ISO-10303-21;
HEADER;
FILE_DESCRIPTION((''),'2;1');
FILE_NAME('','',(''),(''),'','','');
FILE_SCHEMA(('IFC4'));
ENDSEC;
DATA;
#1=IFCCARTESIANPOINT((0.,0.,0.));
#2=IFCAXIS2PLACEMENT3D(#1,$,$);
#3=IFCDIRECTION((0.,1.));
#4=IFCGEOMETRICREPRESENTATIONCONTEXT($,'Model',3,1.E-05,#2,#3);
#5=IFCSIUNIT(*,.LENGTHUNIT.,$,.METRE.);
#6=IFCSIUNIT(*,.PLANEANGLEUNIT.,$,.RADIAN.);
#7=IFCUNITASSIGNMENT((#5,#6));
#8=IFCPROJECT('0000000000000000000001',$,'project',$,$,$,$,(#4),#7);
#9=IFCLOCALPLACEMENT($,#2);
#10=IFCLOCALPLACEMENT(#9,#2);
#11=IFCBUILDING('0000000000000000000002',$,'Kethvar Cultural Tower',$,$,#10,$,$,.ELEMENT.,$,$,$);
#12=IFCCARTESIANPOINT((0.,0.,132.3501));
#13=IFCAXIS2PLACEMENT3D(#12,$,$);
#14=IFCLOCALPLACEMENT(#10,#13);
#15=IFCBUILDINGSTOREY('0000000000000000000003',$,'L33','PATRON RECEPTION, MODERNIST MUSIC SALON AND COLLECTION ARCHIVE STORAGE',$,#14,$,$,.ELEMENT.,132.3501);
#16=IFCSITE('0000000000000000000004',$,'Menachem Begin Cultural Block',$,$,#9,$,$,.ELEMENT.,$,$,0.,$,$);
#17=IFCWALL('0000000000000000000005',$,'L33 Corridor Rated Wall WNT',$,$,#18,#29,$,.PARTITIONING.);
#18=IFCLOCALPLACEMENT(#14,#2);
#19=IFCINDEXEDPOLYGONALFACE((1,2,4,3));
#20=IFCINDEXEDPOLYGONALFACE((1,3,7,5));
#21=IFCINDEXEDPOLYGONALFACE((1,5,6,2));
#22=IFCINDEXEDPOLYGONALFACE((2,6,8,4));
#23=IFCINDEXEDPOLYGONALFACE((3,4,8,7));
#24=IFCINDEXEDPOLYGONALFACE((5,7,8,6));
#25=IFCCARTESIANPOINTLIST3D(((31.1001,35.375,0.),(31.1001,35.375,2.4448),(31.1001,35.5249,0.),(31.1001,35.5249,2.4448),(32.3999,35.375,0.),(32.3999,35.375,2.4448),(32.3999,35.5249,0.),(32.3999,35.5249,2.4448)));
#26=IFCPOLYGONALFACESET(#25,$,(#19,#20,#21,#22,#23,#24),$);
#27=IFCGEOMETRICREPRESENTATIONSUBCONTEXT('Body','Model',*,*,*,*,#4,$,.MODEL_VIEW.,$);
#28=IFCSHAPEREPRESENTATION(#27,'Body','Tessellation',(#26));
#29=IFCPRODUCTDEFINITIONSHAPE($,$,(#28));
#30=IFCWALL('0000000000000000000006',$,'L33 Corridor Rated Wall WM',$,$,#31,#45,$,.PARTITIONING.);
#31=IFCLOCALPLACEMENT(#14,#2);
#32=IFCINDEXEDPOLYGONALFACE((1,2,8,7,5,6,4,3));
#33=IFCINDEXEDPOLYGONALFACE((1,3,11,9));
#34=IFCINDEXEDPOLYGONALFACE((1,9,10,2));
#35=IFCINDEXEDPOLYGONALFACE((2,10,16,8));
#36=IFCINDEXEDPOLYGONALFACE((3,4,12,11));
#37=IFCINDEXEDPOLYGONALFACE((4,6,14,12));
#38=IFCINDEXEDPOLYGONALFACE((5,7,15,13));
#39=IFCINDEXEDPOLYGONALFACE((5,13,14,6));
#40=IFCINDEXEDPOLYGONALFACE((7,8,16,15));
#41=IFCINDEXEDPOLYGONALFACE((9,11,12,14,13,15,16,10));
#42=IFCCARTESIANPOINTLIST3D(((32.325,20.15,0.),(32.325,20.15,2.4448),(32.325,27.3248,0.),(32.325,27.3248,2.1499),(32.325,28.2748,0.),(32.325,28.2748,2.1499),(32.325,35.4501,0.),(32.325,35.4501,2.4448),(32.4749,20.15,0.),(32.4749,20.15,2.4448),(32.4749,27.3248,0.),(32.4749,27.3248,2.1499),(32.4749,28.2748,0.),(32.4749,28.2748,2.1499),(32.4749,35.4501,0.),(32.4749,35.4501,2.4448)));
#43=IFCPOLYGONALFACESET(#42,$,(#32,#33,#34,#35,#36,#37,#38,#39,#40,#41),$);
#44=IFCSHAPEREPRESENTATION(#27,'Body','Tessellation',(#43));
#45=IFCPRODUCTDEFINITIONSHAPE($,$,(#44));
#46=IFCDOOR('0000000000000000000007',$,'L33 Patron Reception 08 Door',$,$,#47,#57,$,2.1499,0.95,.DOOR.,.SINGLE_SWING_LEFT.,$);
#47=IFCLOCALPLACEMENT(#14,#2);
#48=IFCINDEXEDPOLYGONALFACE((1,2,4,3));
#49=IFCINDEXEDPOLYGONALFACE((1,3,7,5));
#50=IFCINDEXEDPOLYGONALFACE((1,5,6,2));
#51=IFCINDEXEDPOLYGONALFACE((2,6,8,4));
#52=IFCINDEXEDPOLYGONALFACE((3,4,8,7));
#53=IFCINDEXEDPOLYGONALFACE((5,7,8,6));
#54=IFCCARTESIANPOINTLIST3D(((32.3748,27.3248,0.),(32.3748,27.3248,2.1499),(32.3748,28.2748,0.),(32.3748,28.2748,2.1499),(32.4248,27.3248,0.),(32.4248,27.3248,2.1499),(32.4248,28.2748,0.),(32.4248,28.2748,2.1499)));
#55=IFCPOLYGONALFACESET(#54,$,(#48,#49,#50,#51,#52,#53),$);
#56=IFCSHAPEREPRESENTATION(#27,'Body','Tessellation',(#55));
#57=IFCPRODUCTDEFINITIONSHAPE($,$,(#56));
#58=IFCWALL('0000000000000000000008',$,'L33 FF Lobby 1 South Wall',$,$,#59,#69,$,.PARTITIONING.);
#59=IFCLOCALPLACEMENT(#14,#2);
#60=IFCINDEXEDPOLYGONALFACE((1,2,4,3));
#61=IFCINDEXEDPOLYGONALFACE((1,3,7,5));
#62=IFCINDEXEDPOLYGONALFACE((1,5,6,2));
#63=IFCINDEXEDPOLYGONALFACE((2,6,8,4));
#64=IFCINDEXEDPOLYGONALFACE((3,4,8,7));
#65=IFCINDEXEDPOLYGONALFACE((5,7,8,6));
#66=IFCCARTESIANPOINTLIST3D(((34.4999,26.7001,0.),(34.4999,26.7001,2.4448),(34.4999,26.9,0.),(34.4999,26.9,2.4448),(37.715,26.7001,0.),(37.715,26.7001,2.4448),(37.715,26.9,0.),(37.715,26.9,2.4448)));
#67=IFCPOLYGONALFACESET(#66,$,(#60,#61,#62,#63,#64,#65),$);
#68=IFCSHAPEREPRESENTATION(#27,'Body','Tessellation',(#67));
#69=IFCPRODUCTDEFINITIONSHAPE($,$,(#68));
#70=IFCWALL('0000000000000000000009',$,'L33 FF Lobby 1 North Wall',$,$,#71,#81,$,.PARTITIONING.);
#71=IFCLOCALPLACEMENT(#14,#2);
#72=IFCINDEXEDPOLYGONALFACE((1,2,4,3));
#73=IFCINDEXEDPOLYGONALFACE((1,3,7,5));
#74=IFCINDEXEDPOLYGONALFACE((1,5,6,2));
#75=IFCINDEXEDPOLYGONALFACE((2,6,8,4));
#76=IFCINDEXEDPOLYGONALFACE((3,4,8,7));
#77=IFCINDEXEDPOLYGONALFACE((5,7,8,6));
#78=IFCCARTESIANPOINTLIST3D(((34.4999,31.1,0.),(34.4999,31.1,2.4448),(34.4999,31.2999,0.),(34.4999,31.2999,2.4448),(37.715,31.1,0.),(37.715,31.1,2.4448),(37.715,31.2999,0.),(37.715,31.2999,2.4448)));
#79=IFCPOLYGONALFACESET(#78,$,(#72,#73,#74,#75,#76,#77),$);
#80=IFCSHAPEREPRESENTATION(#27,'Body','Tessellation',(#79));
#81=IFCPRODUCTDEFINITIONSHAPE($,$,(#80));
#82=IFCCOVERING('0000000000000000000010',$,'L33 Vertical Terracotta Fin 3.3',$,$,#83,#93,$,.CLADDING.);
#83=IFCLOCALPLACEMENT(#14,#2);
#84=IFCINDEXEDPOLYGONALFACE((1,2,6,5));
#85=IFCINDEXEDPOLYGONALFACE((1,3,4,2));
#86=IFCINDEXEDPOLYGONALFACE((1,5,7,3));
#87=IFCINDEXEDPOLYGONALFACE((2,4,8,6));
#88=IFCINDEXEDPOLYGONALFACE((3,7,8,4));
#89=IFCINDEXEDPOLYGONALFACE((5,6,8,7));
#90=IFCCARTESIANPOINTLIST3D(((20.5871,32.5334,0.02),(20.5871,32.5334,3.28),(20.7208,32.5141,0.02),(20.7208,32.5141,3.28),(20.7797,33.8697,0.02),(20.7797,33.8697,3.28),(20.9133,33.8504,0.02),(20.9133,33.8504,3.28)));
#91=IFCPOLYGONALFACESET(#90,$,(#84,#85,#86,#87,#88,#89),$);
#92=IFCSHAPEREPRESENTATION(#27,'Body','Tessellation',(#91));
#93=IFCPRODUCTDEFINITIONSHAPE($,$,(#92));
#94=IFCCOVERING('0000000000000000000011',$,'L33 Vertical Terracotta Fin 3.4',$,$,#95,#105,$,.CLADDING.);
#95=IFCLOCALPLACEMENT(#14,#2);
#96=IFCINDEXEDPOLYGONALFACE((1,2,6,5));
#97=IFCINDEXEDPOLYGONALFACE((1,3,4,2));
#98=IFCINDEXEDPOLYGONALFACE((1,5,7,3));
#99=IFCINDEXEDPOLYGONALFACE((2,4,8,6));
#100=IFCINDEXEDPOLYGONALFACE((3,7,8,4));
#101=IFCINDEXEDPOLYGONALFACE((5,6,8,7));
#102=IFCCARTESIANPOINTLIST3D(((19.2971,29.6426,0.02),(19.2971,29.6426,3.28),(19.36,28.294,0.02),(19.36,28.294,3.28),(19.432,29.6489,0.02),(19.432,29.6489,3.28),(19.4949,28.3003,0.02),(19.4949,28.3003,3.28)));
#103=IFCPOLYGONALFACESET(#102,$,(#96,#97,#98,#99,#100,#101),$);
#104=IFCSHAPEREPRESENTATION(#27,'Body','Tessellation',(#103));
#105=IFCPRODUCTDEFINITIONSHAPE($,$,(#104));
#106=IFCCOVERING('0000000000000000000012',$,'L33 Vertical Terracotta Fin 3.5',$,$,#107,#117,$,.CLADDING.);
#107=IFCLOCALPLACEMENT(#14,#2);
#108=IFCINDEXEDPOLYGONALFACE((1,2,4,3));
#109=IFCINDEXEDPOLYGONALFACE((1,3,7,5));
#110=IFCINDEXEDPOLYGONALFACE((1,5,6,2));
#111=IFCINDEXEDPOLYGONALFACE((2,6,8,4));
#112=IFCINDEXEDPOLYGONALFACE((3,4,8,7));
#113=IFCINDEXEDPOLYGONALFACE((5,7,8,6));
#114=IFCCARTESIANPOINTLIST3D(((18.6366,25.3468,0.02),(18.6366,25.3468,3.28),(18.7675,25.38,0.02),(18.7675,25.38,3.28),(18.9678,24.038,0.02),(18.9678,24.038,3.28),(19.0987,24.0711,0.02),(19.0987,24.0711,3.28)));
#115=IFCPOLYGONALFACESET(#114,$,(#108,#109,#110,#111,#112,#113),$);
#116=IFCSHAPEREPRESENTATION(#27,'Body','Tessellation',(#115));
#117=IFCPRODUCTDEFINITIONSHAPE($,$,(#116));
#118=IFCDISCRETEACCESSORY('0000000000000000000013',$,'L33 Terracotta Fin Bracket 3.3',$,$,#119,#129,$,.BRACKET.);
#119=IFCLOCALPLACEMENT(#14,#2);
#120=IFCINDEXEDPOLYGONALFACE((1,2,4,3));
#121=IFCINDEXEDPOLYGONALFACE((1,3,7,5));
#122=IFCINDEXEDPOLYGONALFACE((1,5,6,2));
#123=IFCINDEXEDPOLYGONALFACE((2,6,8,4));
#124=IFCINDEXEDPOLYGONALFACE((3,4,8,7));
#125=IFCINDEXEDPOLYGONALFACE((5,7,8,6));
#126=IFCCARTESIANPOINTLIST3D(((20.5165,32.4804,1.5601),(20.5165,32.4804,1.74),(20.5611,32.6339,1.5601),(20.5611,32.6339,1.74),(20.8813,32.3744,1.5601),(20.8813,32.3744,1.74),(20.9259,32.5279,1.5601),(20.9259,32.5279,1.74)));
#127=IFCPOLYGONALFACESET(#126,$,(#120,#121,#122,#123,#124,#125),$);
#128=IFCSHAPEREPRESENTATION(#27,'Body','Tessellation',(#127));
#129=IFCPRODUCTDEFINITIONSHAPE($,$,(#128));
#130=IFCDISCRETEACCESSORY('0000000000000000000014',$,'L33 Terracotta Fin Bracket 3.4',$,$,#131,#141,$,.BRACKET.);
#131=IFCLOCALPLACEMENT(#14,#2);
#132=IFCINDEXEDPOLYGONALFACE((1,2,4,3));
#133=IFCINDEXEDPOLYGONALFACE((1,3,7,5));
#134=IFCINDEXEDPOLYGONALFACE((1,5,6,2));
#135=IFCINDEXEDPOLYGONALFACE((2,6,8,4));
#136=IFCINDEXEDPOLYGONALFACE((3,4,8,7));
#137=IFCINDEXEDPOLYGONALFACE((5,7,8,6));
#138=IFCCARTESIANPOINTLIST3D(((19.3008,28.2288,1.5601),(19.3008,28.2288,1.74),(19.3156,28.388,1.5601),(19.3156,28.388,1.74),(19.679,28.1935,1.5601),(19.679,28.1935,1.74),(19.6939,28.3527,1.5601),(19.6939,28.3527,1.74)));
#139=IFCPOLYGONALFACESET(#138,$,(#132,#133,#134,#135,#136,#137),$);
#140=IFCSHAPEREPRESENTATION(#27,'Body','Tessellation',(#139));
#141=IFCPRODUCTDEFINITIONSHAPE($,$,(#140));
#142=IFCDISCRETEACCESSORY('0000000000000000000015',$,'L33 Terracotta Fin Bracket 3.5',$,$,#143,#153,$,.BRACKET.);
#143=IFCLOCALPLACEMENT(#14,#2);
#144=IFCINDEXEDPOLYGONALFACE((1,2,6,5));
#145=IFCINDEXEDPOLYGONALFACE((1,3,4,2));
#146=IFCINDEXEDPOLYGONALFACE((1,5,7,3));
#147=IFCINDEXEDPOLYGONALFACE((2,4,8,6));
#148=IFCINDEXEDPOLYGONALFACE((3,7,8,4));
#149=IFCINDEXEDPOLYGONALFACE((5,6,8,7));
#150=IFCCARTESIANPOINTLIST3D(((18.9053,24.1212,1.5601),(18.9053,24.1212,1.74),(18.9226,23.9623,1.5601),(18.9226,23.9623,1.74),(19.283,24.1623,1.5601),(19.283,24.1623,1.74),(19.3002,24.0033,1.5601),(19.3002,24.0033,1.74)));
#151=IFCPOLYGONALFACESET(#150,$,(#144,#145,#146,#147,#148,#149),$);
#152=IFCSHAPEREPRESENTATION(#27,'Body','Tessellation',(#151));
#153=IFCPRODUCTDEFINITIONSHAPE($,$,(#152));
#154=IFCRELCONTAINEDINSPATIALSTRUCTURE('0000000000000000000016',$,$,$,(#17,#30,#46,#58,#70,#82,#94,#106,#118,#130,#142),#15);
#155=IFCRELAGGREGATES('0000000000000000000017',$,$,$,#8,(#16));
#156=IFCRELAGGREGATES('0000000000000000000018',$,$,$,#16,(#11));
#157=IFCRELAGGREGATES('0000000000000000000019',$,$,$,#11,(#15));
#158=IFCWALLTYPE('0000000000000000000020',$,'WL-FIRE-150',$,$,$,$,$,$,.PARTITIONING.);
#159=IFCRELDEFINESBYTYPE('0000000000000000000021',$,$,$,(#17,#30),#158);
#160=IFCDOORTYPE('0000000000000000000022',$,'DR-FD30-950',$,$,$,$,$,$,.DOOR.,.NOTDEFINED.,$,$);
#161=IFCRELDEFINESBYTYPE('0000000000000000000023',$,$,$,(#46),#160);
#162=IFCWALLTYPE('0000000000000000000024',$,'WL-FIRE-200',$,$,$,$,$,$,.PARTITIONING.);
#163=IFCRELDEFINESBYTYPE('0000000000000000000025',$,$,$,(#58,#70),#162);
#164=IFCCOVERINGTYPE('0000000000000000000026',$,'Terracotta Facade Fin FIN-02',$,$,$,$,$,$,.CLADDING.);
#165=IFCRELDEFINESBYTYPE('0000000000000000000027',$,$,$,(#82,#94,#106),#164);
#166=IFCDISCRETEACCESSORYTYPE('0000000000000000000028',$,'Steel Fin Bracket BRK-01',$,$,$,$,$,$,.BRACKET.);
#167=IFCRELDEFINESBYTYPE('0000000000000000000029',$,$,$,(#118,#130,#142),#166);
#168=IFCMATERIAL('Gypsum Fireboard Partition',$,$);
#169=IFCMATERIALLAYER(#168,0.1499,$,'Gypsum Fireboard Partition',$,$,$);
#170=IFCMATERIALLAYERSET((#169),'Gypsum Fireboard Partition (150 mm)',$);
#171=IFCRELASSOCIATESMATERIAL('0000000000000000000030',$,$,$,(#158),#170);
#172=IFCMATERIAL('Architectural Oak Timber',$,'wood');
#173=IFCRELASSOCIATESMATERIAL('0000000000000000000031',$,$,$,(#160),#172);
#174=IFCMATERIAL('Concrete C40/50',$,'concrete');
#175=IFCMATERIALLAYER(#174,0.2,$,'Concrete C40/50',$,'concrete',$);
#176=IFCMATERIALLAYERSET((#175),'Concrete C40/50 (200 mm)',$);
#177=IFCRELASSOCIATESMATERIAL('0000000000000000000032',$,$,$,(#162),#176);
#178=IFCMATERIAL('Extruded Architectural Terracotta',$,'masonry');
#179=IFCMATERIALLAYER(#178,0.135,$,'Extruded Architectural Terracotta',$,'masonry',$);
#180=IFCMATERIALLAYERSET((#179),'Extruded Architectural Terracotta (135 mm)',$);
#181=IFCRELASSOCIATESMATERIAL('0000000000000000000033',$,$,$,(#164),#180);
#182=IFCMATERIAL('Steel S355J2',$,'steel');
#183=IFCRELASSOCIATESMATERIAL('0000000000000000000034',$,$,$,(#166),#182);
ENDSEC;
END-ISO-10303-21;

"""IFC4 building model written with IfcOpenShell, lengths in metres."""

from ifc_helpers import new_model, si_unit, direction, frame, frame_2d, origin, origin_2d, place, context, subcontext, project, spatial, rectangle, extrude, source, transform, mapped, material, layer, layer_set, type_object, element, fill, save


model = new_model("IFC4")

# Units and contexts
model_context = context("Model", 3, precision=1e-05, world=origin(), true_north=direction((0.0, 1.0)))
body_context = subcontext(model_context, "Body", "Model", "MODEL_VIEW")
ifc_project = project(units=[si_unit("LENGTHUNIT", "METRE"), si_unit("PLANEANGLEUNIT", "RADIAN")], contexts=[model_context])

# Site, building, storey
site_placement = place(None, origin())
site = spatial("IfcSite", under=ifc_project, at=site_placement, Name="Menachem Begin Cultural Block", CompositionType="ELEMENT", RefElevation=0.0)
building_placement = place(site_placement, origin())
building = spatial("IfcBuilding", under=site, at=building_placement, Name="Kethvar Cultural Tower", CompositionType="ELEMENT")
storey_placement = place(building_placement, frame((0.0, 0.0, 132.3501)))
storey = spatial("IfcBuildingStorey", under=building, at=storey_placement, Name="L33", Description="PATRON RECEPTION, MODERNIST MUSIC SALON AND COLLECTION ARCHIVE STORAGE", CompositionType="ELEMENT", Elevation=132.3501)

# Shared definitions
ifc_material_1 = material(Name="Steel S355J2", Category="steel")

# Wall
ifc_material_2 = material(Name="Gypsum Fireboard Partition")
ifc_layer_1 = layer(ifc_material_2, 0.1499, Name="Gypsum Fireboard Partition")
ifc_layer_set_1 = layer_set([ifc_layer_1], Name="Gypsum Fireboard Partition (150 mm)")
wall_type_1 = type_object("IfcWallType", Name="WL-FIRE-150", PredefinedType="PARTITIONING", material=ifc_layer_set_1)
wall_1_placement = place(storey_placement, frame((31.1001, 35.45, 0.0), z_axis=(0.0, 0.0, 1.0), x_axis=(1.0, 0.0, 0.0)))
element("IfcWall", 1, at=wall_1_placement, inside=storey, type_object=wall_type_1, Name="L33 Corridor Rated Wall WNT", PredefinedType="PARTITIONING", context=body_context, shape_type="SweptSolid", body=[
    extrude(rectangle(XDim=1.2998, YDim=0.1499, at=frame_2d((0.6499, 0.0))), origin(), (0.0, 0.0, 1.0), 2.4448),
])

# Wall, opening, door
wall_2_placement = place(storey_placement, frame((32.3999, 35.45, 0.0), z_axis=(0.0, 0.0, 1.0), x_axis=(0.0, -1.0, 0.0)))
wall_2 = element("IfcWall", 2, at=wall_2_placement, inside=storey, type_object=wall_type_1, Name="L33 Corridor Rated Wall WM", PredefinedType="PARTITIONING", context=body_context, shape_type="SweptSolid", body=[
    extrude(rectangle(XDim=15.3, YDim=0.1499, at=frame_2d((7.6499, 0.0))), origin(), (0.0, 0.0, 1.0), 2.4448),
])
opening_1_placement = place(wall_2_placement, frame((7.175, 0.0, 0.0)))
opening_1 = element("IfcOpeningElement", 3, at=opening_1_placement, cuts=wall_2, PredefinedType="OPENING", context=body_context, shape_type="SweptSolid", body=[
    extrude(rectangle(XDim=0.95, YDim=2.1499, at=frame_2d((0.4751, 1.075))), frame((0.0, 0.085, 0.0), z_axis=(0.0, -1.0, 0.0), x_axis=(1.0, 0.0, 0.0)), (0.0, 0.0, 1.0), 0.1699),
])
ifc_material_3 = material(Name="Architectural Oak Timber", Category="wood")
door_type_1 = type_object("IfcDoorType", Name="DR-FD30-950", OperationType="NOTDEFINED", PredefinedType="DOOR", material=ifc_material_3)
shared_shape_1 = source(origin(), body_context, "Body", "SweptSolid", [
    extrude(rectangle(XDim=0.95, YDim=2.1499, at=frame_2d((0.4751, 1.075))), frame((0.0, 0.0249, 0.0), z_axis=(0.0, -1.0, 0.0), x_axis=(1.0, 0.0, 0.0)), (0.0, 0.0, 1.0), 0.05),
])
door_1_placement = place(opening_1_placement, origin())
door_1 = element("IfcDoor", 4, at=door_1_placement, inside=storey, type_object=door_type_1, Name="L33 Patron Reception 08 Door", OperationType="SINGLE_SWING_LEFT", OverallHeight=2.1499, OverallWidth=0.95, PredefinedType="DOOR", context=body_context, shape_type="MappedRepresentation", body=[
    mapped(shared_shape_1, transform((0.0, 0.0, 0.0), scale=1.0)),
])
fill(opening_1, door_1)
ifc_material_4 = material(Name="Concrete C40/50", Category="concrete")
ifc_layer_2 = layer(ifc_material_4, 0.2, Name="Concrete C40/50", Category="concrete")
ifc_layer_set_2 = layer_set([ifc_layer_2], Name="Concrete C40/50 (200 mm)")
wall_type_2 = type_object("IfcWallType", Name="WL-FIRE-200", PredefinedType="PARTITIONING", material=ifc_layer_set_2)

# Walls
for number, where, z_axis, x_axis, name in (
    (5, (34.5, 26.8, 0.0), (0.0, 0.0, 1.0), (1.0, 0.0, 0.0), "L33 FF Lobby 1 South Wall"),
    (6, (34.5, 31.2, 0.0), (0.0, 0.0, 1.0), (1.0, 0.0, 0.0), "L33 FF Lobby 1 North Wall"),
):
    element("IfcWall", number, at=place(storey_placement, frame(where, z_axis=z_axis, x_axis=x_axis)), inside=storey, type_object=wall_type_2, Name=name, PredefinedType="PARTITIONING", context=body_context, shape_type="SweptSolid", body=[
        extrude(rectangle(XDim=3.2151, YDim=0.2, at=frame_2d((1.6074, 0.0))), origin(), (0.0, 0.0, 1.0), 2.4448),
    ])

# Coverings
ifc_material_5 = material(Name="Extruded Architectural Terracotta", Category="masonry")
ifc_layer_3 = layer(ifc_material_5, 0.135, Name="Extruded Architectural Terracotta", Category="masonry")
ifc_layer_set_3 = layer_set([ifc_layer_3], Name="Extruded Architectural Terracotta (135 mm)")
covering_type = type_object("IfcCoveringType", Name="Terracotta Facade Fin FIN-02", PredefinedType="CLADDING", material=ifc_layer_set_3)
shared_shape_2 = source(origin(), body_context, "Body", "SweptSolid", [
    extrude(rectangle(XDim=1.3501, YDim=0.135, at=origin_2d()), origin(), (0.0, 0.0, 1.0), 3.26),
])
for number, where, z_axis, x_axis, name in (
    (7, (20.7502, 33.1919, 0.02), (0.0, 0.0, 1.0), (0.142629, 0.989776, 0.0), "L33 Vertical Terracotta Fin 3.3"),
    (8, (19.396, 28.9714, 0.02), (0.0, 0.0, 1.0), (-0.046583, 0.998914, 0.0), "L33 Vertical Terracotta Fin 3.4"),
    (9, (18.8677, 24.709, 0.02), (0.0, 0.0, 1.0), (-0.245307, 0.969445, 0.0), "L33 Vertical Terracotta Fin 3.5"),
):
    element("IfcCovering", number, at=place(storey_placement, frame(where, z_axis=z_axis, x_axis=x_axis)), inside=storey, type_object=covering_type, Name=name, PredefinedType="CLADDING", context=body_context, shape_type="MappedRepresentation", body=[
        mapped(shared_shape_2, transform((0.0, 0.0, 0.0), scale=1.0)),
    ])

# Discrete accessories
discrete_accessory_type = type_object("IfcDiscreteAccessoryType", Name="Steel Fin Bracket BRK-01", PredefinedType="BRACKET", material=ifc_material_1)
shared_shape_3 = source(origin(), body_context, "Body", "SweptSolid", [
    extrude(rectangle(XDim=0.3799, YDim=0.1599, at=origin_2d()), origin(), (0.0, 0.0, 1.0), 0.1799),
])
for number, where, z_axis, x_axis, name in (
    (10, (20.7212, 32.5042, 1.5601), (0.0, 0.0, 1.0), (-0.960294, 0.278991, 0.0), "L33 Terracotta Fin Bracket 3.3"),
    (11, (19.4973, 28.2908, 1.5601), (0.0, 0.0, 1.0), (-0.995676, 0.092892, 0.0), "L33 Terracotta Fin Bracket 3.4"),
    (12, (19.1028, 24.0623, 1.5601), (0.0, 0.0, 1.0), (-0.994151, -0.107999, 0.0), "L33 Terracotta Fin Bracket 3.5"),
):
    element("IfcDiscreteAccessory", number, at=place(storey_placement, frame(where, z_axis=z_axis, x_axis=x_axis)), inside=storey, type_object=discrete_accessory_type, Name=name, PredefinedType="BRACKET", context=body_context, shape_type="MappedRepresentation", body=[
        mapped(shared_shape_3, transform((0.0, 0.0, 0.0), scale=1.0)),
    ])

save(model, "model.ifc")
